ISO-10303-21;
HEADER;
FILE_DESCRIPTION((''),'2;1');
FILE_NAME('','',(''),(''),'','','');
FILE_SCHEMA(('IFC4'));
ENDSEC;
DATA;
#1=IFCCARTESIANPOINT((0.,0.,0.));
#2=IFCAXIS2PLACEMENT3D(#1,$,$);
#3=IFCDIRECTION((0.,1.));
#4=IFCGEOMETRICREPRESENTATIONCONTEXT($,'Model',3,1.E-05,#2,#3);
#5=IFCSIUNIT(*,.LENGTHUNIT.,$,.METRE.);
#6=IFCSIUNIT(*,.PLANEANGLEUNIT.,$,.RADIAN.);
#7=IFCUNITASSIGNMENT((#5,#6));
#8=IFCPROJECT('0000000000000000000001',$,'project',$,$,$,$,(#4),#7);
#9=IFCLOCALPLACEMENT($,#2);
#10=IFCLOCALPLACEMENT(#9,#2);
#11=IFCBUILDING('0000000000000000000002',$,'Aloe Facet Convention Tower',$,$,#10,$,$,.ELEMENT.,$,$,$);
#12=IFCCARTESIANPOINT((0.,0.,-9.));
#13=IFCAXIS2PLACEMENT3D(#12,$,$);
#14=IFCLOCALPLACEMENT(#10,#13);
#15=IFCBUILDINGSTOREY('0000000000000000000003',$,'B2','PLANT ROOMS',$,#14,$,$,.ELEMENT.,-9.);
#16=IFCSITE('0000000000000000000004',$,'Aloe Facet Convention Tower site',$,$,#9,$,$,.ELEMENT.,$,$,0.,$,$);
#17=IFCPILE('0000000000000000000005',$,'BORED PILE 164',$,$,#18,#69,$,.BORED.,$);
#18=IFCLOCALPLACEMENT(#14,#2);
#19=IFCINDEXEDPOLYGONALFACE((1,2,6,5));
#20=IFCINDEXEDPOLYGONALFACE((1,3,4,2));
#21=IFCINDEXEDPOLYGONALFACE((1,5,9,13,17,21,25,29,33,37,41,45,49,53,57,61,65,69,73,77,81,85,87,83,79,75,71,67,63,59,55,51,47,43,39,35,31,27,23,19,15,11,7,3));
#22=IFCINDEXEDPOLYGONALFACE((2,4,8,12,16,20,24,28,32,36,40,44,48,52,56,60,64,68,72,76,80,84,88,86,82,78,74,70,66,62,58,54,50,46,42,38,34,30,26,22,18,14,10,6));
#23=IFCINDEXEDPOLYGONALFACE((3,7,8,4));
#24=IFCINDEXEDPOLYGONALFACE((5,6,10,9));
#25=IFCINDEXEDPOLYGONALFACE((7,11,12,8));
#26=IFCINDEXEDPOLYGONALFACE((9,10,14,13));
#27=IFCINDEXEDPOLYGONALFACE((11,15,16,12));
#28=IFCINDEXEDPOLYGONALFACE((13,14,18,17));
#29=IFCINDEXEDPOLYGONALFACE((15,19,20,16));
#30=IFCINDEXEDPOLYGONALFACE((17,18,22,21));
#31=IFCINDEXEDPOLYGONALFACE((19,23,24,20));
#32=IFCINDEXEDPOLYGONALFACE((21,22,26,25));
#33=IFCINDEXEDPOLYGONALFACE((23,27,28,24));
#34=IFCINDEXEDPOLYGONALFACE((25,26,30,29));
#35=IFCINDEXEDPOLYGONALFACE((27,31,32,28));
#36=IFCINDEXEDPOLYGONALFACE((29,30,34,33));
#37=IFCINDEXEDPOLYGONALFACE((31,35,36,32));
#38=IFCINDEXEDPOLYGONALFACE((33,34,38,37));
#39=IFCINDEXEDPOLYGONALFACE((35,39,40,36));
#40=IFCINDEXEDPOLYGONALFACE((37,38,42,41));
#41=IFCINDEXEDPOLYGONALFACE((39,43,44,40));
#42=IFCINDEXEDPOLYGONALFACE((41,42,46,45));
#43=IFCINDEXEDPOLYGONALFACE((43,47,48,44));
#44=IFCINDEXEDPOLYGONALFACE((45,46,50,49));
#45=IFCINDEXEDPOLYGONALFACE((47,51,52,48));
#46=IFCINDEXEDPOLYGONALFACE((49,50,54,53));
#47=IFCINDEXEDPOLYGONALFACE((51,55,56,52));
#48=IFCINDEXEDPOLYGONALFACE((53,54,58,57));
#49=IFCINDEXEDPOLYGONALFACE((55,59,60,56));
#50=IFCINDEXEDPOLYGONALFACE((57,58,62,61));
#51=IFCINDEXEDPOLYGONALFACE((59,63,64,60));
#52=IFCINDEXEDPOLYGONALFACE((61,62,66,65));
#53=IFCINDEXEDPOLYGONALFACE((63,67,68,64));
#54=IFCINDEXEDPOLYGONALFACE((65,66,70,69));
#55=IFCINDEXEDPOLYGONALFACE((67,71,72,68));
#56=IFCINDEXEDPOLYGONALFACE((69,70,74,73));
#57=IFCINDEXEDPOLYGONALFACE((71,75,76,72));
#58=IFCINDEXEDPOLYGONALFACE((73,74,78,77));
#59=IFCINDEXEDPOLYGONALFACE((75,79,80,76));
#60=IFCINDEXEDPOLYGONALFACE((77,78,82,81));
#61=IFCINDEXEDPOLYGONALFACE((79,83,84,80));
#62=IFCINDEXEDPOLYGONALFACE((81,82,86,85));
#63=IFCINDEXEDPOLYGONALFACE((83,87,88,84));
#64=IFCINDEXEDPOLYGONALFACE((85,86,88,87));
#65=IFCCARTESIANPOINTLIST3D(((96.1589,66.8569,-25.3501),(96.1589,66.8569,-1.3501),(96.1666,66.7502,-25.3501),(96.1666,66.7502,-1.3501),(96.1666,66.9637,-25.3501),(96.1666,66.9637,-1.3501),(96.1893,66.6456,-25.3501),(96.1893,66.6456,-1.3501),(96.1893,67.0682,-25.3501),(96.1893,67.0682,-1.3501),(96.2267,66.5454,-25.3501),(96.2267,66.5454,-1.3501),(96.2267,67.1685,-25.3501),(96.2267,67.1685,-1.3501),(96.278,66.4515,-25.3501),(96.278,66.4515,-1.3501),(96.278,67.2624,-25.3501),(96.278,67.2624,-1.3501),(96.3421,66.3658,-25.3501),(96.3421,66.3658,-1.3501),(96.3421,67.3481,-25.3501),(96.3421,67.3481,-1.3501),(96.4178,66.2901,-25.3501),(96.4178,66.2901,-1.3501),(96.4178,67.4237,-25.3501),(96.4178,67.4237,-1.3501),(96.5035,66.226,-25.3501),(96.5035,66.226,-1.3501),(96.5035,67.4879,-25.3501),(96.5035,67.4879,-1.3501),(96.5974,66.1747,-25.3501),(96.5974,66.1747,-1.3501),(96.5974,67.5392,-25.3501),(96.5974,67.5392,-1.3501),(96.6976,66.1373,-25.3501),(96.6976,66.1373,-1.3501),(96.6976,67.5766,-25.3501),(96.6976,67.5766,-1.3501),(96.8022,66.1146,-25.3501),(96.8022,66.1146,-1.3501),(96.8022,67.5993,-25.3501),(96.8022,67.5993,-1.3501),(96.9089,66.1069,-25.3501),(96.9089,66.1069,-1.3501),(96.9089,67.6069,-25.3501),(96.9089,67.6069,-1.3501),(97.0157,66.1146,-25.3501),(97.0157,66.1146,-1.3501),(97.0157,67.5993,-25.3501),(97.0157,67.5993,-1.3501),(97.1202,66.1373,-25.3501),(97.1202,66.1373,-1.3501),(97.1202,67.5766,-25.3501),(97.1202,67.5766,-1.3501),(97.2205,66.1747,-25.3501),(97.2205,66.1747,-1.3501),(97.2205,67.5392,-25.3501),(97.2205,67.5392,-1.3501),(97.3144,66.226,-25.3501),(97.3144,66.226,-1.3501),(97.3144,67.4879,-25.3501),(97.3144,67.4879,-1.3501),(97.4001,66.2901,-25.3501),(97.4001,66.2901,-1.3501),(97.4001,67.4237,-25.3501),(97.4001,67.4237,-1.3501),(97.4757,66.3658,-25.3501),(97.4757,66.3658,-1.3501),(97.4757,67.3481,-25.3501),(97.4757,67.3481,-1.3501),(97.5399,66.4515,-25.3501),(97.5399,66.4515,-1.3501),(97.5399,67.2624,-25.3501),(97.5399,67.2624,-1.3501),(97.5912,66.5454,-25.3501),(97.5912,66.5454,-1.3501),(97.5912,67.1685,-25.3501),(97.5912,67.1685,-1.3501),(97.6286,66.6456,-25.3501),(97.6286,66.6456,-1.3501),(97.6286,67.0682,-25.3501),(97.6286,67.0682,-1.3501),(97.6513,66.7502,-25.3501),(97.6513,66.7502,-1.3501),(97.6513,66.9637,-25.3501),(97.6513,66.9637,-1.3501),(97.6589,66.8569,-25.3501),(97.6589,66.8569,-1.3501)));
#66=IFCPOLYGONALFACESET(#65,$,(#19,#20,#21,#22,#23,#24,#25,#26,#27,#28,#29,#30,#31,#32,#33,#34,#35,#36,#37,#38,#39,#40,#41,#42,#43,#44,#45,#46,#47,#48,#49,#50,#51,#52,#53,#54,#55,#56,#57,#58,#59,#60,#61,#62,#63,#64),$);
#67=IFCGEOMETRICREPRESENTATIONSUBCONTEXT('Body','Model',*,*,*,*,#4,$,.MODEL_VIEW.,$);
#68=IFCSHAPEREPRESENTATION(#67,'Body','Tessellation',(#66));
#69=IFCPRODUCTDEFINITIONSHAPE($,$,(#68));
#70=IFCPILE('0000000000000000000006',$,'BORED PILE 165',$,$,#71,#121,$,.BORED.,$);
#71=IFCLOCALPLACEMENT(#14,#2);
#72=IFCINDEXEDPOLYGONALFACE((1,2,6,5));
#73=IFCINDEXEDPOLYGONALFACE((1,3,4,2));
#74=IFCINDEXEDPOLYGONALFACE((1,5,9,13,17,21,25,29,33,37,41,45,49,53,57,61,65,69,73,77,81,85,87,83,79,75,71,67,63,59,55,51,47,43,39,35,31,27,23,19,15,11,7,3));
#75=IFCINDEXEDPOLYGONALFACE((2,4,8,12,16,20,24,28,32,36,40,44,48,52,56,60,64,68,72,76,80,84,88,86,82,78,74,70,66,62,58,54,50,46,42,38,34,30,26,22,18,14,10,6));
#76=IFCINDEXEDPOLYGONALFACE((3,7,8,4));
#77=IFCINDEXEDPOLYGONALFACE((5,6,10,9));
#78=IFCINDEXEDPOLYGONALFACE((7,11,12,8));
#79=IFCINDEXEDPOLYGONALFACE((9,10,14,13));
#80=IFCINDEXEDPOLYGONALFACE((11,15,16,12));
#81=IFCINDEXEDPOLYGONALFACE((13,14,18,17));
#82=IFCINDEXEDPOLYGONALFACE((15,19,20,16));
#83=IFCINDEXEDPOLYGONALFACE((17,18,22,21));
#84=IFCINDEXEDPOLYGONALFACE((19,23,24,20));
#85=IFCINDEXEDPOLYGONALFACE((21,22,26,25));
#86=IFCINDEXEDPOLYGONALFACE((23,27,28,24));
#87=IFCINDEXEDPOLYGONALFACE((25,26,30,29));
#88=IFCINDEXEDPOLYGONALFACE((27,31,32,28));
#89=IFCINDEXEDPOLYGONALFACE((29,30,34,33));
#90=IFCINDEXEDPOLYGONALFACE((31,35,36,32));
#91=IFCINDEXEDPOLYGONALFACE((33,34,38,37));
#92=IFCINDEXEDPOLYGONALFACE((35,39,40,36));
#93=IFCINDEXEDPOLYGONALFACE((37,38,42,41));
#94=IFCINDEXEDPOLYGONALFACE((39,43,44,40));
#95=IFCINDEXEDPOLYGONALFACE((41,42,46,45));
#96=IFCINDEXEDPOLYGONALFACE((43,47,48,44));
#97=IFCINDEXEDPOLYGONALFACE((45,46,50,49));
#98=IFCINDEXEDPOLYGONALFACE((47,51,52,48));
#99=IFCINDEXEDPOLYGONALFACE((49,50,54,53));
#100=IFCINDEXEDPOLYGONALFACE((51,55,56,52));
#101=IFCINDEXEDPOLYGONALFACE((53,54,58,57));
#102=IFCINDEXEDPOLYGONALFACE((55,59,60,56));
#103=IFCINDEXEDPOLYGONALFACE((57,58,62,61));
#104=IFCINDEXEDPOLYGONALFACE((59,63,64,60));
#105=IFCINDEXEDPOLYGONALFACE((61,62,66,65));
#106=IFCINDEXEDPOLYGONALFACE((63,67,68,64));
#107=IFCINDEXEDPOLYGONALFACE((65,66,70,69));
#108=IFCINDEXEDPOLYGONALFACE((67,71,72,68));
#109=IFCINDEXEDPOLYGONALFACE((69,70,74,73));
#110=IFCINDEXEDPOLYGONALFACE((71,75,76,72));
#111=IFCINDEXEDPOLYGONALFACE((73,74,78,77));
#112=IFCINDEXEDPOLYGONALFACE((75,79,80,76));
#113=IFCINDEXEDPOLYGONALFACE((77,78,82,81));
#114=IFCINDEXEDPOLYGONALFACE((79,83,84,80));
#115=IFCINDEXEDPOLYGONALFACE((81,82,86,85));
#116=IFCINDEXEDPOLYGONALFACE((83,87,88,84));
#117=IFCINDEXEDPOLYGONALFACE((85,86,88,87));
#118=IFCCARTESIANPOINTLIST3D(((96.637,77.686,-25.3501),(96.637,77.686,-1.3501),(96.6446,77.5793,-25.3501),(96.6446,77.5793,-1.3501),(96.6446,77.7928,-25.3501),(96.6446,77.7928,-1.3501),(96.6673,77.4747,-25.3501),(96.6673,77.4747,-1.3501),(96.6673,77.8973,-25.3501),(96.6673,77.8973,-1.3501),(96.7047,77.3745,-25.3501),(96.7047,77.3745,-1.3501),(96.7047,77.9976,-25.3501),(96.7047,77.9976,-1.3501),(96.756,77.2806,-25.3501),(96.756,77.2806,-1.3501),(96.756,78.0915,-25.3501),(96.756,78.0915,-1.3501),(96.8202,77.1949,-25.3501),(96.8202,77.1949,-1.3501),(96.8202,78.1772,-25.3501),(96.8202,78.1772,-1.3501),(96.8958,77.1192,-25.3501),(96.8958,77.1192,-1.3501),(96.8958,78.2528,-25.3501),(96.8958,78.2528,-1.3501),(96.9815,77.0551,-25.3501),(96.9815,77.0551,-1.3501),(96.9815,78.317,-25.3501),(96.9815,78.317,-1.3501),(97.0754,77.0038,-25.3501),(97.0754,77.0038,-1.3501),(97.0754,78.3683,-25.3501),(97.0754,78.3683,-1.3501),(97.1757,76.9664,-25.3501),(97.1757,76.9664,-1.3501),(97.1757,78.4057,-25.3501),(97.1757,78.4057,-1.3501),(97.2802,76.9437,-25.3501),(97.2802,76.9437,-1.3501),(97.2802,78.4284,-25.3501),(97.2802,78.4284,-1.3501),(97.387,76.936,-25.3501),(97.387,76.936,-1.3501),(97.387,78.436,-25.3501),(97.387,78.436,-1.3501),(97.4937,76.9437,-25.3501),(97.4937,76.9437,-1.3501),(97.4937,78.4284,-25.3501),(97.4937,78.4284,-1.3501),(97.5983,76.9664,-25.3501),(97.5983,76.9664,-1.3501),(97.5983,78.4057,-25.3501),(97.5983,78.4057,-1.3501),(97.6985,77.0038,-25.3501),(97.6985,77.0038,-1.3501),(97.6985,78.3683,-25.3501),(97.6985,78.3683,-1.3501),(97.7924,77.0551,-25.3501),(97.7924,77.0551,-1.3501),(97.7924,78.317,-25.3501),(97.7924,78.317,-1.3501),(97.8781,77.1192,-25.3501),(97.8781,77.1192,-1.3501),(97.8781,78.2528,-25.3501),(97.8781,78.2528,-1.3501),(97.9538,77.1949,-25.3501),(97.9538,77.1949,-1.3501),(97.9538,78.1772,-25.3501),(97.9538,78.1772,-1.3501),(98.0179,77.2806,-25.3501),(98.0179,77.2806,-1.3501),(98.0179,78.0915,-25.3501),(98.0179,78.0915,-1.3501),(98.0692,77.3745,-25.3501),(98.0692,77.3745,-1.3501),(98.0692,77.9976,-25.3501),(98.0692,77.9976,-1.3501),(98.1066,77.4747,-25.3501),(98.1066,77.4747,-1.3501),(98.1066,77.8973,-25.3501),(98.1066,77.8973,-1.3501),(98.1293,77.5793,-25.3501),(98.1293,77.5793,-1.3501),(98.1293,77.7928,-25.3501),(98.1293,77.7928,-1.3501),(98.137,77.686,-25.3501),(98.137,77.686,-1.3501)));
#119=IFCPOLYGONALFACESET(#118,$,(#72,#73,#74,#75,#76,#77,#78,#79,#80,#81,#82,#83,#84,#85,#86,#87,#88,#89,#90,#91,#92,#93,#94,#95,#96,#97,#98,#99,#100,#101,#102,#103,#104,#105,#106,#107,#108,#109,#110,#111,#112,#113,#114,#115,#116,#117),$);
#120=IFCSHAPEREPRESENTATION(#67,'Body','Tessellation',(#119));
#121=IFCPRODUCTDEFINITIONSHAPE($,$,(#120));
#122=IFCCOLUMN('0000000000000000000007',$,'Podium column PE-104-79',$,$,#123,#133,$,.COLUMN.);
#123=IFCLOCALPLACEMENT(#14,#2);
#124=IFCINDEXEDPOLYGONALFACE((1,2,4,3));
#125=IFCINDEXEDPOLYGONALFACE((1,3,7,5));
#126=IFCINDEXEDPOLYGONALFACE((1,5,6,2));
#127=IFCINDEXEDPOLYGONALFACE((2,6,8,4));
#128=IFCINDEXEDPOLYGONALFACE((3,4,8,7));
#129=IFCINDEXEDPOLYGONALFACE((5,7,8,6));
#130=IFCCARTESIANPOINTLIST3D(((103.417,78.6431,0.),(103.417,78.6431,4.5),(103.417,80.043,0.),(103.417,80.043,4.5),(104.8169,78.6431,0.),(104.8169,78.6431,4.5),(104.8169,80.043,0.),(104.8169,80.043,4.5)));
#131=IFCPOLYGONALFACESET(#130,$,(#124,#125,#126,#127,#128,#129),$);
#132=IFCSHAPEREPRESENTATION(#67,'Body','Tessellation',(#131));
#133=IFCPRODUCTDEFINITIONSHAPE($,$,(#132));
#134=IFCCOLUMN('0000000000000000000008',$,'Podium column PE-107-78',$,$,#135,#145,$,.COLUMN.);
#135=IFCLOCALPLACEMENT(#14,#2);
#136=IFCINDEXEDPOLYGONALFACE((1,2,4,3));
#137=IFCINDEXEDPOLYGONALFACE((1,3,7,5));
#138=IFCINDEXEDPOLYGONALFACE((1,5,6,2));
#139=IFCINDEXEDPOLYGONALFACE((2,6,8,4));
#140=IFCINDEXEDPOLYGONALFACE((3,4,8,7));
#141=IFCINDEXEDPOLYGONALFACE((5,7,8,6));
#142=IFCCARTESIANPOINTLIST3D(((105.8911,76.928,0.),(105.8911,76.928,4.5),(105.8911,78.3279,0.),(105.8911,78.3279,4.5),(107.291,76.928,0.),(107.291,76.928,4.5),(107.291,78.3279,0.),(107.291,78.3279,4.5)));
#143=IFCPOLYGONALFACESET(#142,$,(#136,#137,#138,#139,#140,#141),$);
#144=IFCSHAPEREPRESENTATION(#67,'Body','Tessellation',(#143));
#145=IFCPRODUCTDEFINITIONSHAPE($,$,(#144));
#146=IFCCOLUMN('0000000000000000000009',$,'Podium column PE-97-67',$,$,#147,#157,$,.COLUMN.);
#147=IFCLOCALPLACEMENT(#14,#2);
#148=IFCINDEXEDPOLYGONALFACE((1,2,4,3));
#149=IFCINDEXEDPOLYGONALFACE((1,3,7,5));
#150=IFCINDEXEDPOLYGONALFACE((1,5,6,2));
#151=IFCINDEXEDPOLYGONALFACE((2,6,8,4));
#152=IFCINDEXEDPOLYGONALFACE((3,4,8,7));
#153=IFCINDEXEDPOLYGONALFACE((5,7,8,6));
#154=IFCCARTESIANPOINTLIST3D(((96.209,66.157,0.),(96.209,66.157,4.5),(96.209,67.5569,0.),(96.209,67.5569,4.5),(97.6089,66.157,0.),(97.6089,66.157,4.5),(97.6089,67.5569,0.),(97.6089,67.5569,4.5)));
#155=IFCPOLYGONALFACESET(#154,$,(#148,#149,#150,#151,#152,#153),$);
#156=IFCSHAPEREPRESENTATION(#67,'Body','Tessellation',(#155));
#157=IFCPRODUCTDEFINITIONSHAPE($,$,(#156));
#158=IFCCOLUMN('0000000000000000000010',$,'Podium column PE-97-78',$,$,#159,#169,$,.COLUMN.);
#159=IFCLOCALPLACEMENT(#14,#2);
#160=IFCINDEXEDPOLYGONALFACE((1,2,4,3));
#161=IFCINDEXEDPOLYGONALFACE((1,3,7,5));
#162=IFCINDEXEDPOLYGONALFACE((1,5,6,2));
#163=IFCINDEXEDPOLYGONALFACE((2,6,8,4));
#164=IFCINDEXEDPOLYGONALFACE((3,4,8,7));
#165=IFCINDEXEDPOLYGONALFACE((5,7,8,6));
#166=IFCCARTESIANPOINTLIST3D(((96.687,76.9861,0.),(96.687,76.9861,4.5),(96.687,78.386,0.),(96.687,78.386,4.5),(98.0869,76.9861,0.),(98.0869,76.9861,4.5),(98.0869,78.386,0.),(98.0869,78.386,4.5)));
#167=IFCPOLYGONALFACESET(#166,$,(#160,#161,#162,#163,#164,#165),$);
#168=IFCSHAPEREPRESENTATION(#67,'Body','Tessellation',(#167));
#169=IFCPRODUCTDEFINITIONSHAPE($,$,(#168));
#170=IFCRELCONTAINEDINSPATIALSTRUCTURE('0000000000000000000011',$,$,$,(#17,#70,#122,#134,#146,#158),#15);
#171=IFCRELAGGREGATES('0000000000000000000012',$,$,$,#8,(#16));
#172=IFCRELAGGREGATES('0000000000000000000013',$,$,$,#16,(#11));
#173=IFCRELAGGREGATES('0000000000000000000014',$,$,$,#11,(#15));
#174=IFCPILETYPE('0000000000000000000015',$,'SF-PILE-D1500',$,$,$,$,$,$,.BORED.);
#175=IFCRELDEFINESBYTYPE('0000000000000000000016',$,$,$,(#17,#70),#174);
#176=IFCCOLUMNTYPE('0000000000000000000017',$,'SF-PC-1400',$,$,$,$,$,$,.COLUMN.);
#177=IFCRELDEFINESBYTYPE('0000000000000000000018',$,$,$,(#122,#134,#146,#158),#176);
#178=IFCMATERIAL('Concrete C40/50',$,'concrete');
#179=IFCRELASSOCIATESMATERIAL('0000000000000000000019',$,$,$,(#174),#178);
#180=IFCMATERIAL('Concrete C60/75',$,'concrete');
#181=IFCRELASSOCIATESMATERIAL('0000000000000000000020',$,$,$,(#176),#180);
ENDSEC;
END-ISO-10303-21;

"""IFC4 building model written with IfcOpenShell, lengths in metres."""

from ifc_helpers import new_model, si_unit, direction, frame, origin, origin_2d, place, context, subcontext, project, spatial, rectangle, circle, extrude, material, material_profile, profile_set, type_object, element, save


model = new_model("IFC4")

# Units and contexts
model_context = context("Model", 3, precision=1e-05, world=origin(), true_north=direction((0.0, 1.0)))
body_context = subcontext(model_context, "Body", "Model", "MODEL_VIEW")
ifc_project = project(units=[si_unit("LENGTHUNIT", "METRE"), si_unit("PLANEANGLEUNIT", "RADIAN")], contexts=[model_context])

# Site, building, storey
site_placement = place(None, origin())
site = spatial("IfcSite", under=ifc_project, at=site_placement, Name="Aloe Facet Convention Tower site", CompositionType="ELEMENT", RefElevation=0.0)
building_placement = place(site_placement, origin())
building = spatial("IfcBuilding", under=site, at=building_placement, Name="Aloe Facet Convention Tower", CompositionType="ELEMENT")
storey_placement = place(building_placement, frame((0.0, 0.0, -9.0)))
storey = spatial("IfcBuildingStorey", under=building, at=storey_placement, Name="B2", Description="PLANT ROOMS", CompositionType="ELEMENT", Elevation=-9.0)

# Piles
ifc_material_1 = material(Name="Concrete C40/50", Category="concrete")
ifc_material_profile_1 = material_profile(ifc_material_1, circle(Radius=0.75, at=origin_2d()), Name="D1500")
ifc_profile_set_1 = profile_set([ifc_material_profile_1], Name="Concrete C40/50")
pile_type = type_object("IfcPileType", Name="SF-PILE-D1500", PredefinedType="BORED", material=ifc_profile_set_1)
for number, where, z_axis, x_axis, name in (
    (1, (96.9089, 66.8569, -1.3501), (0.0, 0.0, -1.0), (1.0, 0.0, 0.0), "BORED PILE 164"),
    (2, (97.387, 77.686, -1.3501), (0.0, 0.0, -1.0), (1.0, 0.0, 0.0), "BORED PILE 165"),
):
    element("IfcPile", number, at=place(storey_placement, frame(where, z_axis=z_axis, x_axis=x_axis)), inside=storey, type_object=pile_type, Name=name, PredefinedType="BORED", context=body_context, shape_type="SweptSolid", body=[
        extrude(circle(Radius=0.75, at=origin_2d()), origin(), (0.0, 0.0, 1.0), 24.0),
    ])

# Columns
ifc_material_2 = material(Name="Concrete C60/75", Category="concrete")
ifc_material_profile_2 = material_profile(ifc_material_2, rectangle(XDim=1.3999, YDim=1.3999, at=origin_2d()), Name="SF-PC-1400")
ifc_profile_set_2 = profile_set([ifc_material_profile_2], Name="Concrete C60/75")
column_type = type_object("IfcColumnType", Name="SF-PC-1400", PredefinedType="COLUMN", material=ifc_profile_set_2)
for number, where, z_axis, x_axis, name in (
    (3, (104.1169, 79.343, 0.0), (0.0, 0.0, 1.0), (1.0, 0.0, 0.0), "Podium column PE-104-79"),
    (4, (106.5911, 77.6279, 0.0), (0.0, 0.0, 1.0), (1.0, 0.0, 0.0), "Podium column PE-107-78"),
    (5, (96.9089, 66.8569, 0.0), (0.0, 0.0, 1.0), (1.0, 0.0, 0.0), "Podium column PE-97-67"),
    (6, (97.387, 77.686, 0.0), (0.0, 0.0, 1.0), (1.0, 0.0, 0.0), "Podium column PE-97-78"),
):
    element("IfcColumn", number, at=place(storey_placement, frame(where, z_axis=z_axis, x_axis=x_axis)), inside=storey, type_object=column_type, Name=name, PredefinedType="COLUMN", context=body_context, shape_type="SweptSolid", body=[
        extrude(rectangle(XDim=1.3999, YDim=1.3999, at=origin_2d()), origin(), (0.0, 0.0, 1.0), 4.5),
    ])

save(model, "model.ifc")
